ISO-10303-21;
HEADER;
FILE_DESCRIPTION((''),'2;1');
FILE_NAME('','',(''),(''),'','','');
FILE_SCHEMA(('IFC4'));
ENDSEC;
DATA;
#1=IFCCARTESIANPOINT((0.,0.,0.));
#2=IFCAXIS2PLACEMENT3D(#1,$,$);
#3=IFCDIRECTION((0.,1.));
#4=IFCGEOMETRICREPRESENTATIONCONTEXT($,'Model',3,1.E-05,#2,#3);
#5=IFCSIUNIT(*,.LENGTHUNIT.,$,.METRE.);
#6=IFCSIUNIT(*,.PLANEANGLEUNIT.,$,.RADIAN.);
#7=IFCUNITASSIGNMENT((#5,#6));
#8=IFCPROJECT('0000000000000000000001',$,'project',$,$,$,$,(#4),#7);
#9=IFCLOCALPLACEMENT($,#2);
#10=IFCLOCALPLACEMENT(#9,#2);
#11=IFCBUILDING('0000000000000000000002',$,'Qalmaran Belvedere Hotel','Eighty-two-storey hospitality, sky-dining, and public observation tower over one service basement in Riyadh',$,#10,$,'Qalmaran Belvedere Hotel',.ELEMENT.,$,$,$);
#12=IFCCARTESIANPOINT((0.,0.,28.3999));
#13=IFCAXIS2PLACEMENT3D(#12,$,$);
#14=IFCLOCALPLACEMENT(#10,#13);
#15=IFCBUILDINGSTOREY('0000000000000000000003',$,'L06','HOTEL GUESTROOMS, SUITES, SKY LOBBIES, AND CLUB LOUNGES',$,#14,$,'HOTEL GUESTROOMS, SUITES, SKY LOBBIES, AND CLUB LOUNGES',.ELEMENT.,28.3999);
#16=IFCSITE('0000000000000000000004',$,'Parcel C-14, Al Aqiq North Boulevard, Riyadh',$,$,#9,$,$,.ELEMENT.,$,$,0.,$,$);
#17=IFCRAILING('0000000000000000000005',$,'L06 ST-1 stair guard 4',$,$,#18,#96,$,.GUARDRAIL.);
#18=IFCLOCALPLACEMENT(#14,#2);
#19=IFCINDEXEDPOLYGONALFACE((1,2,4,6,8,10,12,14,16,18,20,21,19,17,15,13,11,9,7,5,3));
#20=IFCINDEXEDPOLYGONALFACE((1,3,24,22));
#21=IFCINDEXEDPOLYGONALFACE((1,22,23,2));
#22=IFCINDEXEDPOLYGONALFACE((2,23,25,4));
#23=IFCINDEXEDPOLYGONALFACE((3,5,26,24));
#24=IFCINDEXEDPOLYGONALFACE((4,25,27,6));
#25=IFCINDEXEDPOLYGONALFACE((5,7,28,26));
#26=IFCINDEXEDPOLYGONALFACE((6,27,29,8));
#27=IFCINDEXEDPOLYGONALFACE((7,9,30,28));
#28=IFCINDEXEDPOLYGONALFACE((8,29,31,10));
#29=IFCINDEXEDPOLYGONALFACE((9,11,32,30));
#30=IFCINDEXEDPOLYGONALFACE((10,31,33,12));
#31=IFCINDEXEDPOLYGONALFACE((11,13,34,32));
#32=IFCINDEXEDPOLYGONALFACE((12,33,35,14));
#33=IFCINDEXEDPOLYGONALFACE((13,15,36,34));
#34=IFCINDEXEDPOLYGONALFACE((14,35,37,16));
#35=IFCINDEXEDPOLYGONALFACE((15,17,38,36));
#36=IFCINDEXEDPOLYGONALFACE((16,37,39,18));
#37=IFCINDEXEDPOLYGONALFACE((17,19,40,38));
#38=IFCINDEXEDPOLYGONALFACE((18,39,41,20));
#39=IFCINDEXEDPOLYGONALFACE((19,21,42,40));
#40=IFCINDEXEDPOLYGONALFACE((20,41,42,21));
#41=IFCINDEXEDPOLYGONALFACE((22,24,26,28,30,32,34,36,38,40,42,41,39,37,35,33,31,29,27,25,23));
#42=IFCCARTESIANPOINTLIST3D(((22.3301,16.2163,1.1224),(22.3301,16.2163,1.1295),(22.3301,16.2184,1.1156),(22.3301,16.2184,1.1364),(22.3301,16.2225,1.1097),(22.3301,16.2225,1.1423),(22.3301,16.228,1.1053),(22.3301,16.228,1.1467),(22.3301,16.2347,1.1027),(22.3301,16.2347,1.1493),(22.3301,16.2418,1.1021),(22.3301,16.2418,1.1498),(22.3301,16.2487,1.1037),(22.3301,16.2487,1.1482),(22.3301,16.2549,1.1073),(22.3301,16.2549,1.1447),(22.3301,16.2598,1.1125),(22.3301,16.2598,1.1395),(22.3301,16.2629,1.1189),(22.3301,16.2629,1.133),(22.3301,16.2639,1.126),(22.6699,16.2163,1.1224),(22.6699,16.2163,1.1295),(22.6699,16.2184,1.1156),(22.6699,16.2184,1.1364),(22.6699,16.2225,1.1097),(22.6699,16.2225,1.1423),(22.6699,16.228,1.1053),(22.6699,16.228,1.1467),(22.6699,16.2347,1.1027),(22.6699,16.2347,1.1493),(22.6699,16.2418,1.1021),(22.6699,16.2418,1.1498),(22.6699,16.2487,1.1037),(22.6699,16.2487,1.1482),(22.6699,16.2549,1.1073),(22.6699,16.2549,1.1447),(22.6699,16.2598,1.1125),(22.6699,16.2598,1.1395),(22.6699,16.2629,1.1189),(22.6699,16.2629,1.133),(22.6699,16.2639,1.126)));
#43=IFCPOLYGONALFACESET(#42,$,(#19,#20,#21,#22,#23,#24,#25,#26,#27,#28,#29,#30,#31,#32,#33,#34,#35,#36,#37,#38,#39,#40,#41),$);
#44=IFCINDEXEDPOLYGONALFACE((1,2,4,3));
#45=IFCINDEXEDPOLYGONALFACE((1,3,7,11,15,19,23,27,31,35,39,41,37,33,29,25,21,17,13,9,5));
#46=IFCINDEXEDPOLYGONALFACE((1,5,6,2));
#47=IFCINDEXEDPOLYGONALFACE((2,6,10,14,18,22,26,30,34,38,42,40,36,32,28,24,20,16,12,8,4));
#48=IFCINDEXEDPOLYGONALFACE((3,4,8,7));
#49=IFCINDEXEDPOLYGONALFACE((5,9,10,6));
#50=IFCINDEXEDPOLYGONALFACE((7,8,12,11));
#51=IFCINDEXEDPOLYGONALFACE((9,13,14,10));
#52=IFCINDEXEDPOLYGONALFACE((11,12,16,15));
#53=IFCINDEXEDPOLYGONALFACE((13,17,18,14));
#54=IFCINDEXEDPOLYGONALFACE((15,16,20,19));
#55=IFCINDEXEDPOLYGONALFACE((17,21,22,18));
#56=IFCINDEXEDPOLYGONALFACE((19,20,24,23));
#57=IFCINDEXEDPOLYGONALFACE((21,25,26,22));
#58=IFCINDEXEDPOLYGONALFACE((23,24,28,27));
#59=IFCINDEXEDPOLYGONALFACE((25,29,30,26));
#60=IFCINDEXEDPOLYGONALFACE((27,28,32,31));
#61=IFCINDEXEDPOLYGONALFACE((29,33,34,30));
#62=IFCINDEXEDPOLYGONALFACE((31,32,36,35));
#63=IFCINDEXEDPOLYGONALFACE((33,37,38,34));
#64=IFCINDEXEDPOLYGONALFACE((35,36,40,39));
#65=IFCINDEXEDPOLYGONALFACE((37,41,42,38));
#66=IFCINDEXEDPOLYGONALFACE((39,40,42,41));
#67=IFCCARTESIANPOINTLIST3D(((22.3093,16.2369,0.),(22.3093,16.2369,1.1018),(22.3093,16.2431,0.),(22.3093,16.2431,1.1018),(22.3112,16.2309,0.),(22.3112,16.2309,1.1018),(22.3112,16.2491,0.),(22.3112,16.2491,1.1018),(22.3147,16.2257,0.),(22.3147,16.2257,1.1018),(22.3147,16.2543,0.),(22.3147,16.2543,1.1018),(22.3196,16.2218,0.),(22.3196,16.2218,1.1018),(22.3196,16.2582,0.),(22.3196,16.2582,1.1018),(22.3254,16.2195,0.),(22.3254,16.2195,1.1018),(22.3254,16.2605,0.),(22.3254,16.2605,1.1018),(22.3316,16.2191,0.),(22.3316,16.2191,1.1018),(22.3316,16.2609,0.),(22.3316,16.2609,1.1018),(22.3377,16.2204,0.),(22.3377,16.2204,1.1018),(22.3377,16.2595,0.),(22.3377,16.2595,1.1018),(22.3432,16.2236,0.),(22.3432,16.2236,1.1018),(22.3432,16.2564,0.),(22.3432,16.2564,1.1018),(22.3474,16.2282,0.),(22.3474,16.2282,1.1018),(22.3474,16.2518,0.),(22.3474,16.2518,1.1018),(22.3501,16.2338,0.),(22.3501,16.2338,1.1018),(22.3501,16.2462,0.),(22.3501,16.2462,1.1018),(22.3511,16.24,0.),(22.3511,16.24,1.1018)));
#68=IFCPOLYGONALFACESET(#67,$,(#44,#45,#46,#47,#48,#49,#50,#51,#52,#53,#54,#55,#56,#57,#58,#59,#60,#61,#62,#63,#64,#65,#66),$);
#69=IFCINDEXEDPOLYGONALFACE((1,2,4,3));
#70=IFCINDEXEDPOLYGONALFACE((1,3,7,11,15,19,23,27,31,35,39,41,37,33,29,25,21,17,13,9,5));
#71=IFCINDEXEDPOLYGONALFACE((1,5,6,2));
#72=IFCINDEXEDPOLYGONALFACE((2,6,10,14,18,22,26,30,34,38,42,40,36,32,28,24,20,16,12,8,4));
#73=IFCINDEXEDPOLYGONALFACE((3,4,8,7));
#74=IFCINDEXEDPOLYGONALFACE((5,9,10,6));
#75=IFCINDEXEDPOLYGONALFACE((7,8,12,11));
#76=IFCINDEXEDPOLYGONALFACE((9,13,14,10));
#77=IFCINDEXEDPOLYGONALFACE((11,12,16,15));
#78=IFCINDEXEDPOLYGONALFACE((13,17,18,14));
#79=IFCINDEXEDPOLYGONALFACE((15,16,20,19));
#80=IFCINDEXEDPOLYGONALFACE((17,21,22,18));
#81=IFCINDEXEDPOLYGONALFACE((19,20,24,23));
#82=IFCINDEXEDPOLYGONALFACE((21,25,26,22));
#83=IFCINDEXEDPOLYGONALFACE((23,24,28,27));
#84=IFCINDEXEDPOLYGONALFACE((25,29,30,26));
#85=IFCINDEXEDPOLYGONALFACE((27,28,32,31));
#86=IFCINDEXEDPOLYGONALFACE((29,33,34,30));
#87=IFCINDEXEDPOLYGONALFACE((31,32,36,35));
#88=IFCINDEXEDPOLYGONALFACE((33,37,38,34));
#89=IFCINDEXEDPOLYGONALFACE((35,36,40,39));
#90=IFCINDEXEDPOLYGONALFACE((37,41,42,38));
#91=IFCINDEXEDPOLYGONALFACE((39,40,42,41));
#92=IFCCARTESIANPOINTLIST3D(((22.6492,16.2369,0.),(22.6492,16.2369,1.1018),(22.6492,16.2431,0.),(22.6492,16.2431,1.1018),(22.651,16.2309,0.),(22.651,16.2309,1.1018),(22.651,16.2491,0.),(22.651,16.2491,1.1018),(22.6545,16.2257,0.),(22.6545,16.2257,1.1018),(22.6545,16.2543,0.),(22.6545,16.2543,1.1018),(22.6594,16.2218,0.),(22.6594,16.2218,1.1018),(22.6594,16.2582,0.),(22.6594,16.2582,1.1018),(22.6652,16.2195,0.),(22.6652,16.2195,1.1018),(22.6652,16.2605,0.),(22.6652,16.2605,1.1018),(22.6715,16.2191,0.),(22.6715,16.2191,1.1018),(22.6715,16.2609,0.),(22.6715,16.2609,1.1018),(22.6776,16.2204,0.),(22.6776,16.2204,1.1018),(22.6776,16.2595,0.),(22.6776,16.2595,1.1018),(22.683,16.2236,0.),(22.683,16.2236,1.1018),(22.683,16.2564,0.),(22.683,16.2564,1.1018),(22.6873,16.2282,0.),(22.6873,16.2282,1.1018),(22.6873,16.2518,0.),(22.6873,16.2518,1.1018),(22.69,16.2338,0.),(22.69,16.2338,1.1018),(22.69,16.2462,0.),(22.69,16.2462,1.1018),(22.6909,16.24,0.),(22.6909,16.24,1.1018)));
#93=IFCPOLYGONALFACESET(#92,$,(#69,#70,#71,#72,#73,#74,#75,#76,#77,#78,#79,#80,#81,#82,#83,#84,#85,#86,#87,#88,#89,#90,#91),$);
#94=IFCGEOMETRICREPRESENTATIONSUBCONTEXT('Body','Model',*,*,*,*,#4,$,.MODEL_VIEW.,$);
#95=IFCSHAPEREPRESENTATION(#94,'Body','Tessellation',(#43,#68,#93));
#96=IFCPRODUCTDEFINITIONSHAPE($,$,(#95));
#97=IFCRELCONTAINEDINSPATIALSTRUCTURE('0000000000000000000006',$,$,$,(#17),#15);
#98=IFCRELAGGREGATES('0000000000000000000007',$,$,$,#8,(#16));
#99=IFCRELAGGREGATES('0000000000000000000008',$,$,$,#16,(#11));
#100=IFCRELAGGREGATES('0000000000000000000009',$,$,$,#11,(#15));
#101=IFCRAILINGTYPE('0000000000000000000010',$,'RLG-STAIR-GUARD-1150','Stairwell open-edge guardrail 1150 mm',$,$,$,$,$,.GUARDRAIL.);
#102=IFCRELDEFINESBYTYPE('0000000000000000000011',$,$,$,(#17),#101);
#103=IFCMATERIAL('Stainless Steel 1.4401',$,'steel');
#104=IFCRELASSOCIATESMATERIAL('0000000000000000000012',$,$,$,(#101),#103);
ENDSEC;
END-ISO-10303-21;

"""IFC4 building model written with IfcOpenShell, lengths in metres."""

from ifc_helpers import new_model, si_unit, direction, frame, origin, origin_2d, place, context, subcontext, project, spatial, circle, extrude, material, type_object, element, save


model = new_model("IFC4")

# Units and contexts
model_context = context("Model", 3, precision=1e-05, world=origin(), true_north=direction((0.0, 1.0)))
body_context = subcontext(model_context, "Body", "Model", "MODEL_VIEW")
ifc_project = project(units=[si_unit("LENGTHUNIT", "METRE"), si_unit("PLANEANGLEUNIT", "RADIAN")], contexts=[model_context])

# Site, building, storey
site_placement = place(None, origin())
site = spatial("IfcSite", under=ifc_project, at=site_placement, Name="Parcel C-14, Al Aqiq North Boulevard, Riyadh", CompositionType="ELEMENT", RefElevation=0.0)
building_placement = place(site_placement, origin())
building = spatial("IfcBuilding", under=site, at=building_placement, Name="Qalmaran Belvedere Hotel", Description="Eighty-two-storey hospitality, sky-dining, and public observation tower over one service basement in Riyadh", LongName="Qalmaran Belvedere Hotel", CompositionType="ELEMENT")
storey_placement = place(building_placement, frame((0.0, 0.0, 28.3999)))
storey = spatial("IfcBuildingStorey", under=building, at=storey_placement, Name="L06", Description="HOTEL GUESTROOMS, SUITES, SKY LOBBIES, AND CLUB LOUNGES", LongName="HOTEL GUESTROOMS, SUITES, SKY LOBBIES, AND CLUB LOUNGES", CompositionType="ELEMENT", Elevation=28.3999)

# Shared definitions
ifc_material_1 = material(Name="Stainless Steel 1.4401", Category="steel")

# Railing
railing_type_1 = type_object("IfcRailingType", Name="RLG-STAIR-GUARD-1150", Description="Stairwell open-edge guardrail 1150 mm", PredefinedType="GUARDRAIL", material=ifc_material_1)
railing_1_placement = place(storey_placement, frame((22.3301, 16.24, 0.0)))
element("IfcRailing", 1, at=railing_1_placement, inside=storey, type_object=railing_type_1, Name="L06 ST-1 stair guard 4", PredefinedType="GUARDRAIL", context=body_context, shape_type="SweptSolid", body=[
    extrude(circle(Radius=0.0239, at=origin_2d()), frame((0.0, 0.0, 1.126), z_axis=(1.0, 0.0, 0.0), x_axis=(0.0, 1.0, 0.0)), (0.0, 0.0, 1.0), 0.3398),
    extrude(circle(Radius=0.021, at=origin_2d()), origin(), (0.0, 0.0, 1.0), 1.1018),
    extrude(circle(Radius=0.021, at=origin_2d()), frame((0.3398, 0.0, 0.0)), (0.0, 0.0, 1.0), 1.1018),
])

save(model, "model.ifc")
